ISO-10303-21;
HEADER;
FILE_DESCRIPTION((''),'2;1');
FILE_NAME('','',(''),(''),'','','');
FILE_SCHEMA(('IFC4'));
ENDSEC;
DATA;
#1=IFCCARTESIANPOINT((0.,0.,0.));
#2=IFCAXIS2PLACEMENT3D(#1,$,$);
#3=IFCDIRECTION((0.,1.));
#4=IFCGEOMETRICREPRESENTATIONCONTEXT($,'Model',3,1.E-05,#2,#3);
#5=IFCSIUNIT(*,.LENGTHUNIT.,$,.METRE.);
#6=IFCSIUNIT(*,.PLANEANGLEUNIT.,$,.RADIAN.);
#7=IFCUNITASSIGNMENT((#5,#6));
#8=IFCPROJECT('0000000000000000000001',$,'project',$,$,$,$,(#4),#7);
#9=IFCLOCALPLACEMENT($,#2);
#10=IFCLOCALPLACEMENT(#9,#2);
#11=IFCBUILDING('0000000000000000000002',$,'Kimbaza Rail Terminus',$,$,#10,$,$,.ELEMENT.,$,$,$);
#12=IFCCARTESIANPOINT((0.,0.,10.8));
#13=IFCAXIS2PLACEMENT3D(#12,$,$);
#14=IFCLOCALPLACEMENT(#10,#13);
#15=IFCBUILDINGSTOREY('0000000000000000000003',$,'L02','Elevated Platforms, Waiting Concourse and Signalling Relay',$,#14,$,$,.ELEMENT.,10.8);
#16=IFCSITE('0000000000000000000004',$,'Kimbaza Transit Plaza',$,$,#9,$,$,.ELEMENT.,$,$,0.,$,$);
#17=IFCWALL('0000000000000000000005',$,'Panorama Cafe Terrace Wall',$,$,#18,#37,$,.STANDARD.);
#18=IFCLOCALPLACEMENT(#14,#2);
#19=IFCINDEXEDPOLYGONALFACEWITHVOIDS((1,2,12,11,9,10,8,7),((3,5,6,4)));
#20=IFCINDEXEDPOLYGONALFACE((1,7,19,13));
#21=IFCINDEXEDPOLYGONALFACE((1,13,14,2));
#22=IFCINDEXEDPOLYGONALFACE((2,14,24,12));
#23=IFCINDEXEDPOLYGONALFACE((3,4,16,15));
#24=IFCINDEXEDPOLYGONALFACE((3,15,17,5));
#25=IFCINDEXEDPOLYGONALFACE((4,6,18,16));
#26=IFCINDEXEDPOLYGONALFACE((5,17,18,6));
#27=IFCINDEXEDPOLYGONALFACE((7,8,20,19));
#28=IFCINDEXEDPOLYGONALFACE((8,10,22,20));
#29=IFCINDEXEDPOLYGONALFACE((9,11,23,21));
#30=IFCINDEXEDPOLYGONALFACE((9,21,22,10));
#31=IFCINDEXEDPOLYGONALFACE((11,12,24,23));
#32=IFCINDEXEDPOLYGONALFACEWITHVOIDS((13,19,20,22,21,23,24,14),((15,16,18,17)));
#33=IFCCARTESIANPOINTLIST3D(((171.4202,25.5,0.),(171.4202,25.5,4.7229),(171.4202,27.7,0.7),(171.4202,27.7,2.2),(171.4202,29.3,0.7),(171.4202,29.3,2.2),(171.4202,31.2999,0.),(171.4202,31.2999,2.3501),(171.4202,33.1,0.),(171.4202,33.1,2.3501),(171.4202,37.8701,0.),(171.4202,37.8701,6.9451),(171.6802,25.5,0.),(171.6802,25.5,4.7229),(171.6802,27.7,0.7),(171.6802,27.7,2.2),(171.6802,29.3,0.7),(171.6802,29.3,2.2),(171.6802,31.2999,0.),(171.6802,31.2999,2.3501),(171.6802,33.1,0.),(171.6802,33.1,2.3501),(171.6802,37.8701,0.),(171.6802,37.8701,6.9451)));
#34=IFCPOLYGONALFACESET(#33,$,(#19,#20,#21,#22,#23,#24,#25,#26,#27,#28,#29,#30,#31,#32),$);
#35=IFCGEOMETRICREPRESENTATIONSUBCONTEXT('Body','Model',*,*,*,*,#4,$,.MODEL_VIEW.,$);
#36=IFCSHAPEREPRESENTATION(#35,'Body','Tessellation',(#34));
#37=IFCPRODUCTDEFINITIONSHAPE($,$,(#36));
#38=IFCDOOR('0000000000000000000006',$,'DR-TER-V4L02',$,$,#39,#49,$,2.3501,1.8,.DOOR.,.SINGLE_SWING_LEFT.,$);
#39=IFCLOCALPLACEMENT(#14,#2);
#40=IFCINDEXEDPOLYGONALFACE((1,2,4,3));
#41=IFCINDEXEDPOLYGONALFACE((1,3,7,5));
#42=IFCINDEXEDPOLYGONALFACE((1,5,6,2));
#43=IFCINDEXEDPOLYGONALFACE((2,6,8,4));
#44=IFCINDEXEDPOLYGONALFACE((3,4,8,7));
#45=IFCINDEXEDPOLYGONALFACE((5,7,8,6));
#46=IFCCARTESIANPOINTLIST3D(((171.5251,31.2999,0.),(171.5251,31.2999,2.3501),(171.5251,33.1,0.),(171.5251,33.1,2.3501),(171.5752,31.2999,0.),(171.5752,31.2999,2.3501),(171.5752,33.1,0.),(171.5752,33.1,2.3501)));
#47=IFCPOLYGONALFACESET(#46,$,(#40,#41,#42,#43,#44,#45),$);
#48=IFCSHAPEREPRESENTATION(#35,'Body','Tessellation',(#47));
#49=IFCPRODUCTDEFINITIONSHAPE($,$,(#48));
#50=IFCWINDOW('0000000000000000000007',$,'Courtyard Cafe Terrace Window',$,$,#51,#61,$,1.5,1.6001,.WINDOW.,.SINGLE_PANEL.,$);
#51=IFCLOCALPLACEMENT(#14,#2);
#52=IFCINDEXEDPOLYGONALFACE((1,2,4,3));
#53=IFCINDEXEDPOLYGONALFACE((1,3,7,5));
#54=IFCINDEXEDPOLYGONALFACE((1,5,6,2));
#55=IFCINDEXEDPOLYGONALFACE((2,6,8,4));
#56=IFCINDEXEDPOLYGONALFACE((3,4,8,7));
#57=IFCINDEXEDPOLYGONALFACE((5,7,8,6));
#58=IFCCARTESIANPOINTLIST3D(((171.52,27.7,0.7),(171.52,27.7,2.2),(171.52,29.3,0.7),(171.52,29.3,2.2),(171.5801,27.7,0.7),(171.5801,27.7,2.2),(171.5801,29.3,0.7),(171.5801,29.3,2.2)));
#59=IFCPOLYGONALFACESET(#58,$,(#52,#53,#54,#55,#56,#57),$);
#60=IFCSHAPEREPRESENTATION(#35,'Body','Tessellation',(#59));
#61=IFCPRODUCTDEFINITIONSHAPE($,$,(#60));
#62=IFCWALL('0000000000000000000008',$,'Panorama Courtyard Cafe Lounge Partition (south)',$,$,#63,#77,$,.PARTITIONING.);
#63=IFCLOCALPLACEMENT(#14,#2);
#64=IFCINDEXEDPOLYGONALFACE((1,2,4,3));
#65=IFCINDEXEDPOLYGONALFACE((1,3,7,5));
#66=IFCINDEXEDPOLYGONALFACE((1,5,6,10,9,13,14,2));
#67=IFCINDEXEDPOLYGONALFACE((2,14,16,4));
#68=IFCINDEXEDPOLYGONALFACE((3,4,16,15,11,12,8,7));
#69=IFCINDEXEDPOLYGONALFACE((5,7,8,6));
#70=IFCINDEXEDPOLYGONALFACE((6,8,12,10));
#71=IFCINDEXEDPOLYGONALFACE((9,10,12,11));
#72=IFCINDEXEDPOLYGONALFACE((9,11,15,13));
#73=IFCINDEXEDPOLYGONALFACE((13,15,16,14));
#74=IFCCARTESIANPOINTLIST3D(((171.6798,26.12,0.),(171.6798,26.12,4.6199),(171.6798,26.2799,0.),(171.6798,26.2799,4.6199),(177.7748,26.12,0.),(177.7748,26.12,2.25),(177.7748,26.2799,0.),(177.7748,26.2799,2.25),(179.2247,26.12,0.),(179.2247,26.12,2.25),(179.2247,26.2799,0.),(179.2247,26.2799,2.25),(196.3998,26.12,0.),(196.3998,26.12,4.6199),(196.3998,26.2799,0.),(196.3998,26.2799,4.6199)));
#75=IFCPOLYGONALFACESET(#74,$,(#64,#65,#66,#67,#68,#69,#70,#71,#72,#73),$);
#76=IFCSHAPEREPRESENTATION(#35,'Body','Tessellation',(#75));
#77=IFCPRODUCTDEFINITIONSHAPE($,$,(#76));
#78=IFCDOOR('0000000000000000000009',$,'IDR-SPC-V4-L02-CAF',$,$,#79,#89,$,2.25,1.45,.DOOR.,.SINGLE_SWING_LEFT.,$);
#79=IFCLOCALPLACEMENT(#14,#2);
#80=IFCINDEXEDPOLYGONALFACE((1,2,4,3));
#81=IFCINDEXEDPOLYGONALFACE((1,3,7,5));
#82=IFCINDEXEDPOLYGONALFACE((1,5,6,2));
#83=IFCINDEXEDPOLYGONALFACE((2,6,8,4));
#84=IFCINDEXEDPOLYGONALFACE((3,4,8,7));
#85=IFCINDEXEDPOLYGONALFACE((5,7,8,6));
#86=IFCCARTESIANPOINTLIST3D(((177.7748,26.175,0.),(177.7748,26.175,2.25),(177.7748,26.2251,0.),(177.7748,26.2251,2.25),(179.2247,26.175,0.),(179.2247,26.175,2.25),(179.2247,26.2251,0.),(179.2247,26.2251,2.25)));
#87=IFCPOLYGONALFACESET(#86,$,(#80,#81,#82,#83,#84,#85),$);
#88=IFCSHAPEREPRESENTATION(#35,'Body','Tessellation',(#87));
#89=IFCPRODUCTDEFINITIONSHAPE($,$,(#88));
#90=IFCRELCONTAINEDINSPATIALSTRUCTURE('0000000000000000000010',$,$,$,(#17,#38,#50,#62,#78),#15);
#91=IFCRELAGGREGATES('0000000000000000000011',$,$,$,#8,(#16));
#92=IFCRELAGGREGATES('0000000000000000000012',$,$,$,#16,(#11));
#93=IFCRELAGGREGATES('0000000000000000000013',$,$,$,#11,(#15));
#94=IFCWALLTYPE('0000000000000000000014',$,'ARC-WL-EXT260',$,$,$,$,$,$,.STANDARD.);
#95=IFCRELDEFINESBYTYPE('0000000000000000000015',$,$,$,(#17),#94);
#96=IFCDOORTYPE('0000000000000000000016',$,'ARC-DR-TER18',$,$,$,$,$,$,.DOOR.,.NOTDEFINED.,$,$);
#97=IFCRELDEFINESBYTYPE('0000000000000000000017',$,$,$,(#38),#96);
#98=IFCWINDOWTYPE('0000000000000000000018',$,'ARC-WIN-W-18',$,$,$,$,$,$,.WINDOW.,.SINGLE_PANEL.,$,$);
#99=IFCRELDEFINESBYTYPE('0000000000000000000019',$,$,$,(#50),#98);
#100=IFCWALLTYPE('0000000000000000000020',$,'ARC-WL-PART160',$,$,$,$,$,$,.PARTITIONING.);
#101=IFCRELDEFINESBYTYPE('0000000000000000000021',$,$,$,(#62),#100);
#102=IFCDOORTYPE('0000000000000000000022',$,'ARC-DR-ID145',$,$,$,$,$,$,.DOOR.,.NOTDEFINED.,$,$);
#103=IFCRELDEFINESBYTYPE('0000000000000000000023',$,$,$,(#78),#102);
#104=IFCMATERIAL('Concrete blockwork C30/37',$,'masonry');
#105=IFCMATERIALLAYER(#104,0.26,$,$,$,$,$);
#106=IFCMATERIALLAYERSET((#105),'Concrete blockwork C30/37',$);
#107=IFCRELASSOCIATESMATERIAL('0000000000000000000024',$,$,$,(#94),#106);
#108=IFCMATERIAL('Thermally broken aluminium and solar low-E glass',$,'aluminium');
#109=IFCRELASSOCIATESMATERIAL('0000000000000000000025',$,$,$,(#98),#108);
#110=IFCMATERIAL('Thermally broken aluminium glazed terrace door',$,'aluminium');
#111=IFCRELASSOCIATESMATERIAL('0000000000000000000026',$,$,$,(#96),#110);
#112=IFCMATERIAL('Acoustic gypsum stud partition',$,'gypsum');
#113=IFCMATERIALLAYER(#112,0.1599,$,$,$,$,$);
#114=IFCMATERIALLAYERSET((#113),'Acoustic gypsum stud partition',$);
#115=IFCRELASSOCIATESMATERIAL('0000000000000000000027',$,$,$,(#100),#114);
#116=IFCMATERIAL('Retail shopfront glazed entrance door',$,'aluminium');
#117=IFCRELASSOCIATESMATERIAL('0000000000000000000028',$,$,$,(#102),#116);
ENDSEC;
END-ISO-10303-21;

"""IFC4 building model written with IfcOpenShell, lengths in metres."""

from ifc_helpers import new_model, si_unit, direction, frame, frame_2d, origin, place, context, subcontext, project, spatial, polyline, rectangle, outline, extrude, material, layer, layer_set, type_object, element, fill, save


model = new_model("IFC4")

# Units and contexts
model_context = context("Model", 3, precision=1e-05, world=origin(), true_north=direction((0.0, 1.0)))
body_context = subcontext(model_context, "Body", "Model", "MODEL_VIEW")
ifc_project = project(units=[si_unit("LENGTHUNIT", "METRE"), si_unit("PLANEANGLEUNIT", "RADIAN")], contexts=[model_context])

# Site, building, storey
site_placement = place(None, origin())
site = spatial("IfcSite", under=ifc_project, at=site_placement, Name="Kimbaza Transit Plaza", CompositionType="ELEMENT", RefElevation=0.0)
building_placement = place(site_placement, origin())
building = spatial("IfcBuilding", under=site, at=building_placement, Name="Kimbaza Rail Terminus", CompositionType="ELEMENT")
storey_placement = place(building_placement, frame((0.0, 0.0, 10.8)))
storey = spatial("IfcBuildingStorey", under=building, at=storey_placement, Name="L02", Description="Elevated Platforms, Waiting Concourse and Signalling Relay", CompositionType="ELEMENT", Elevation=10.8)

# Shared definitions
ifc_material_1 = material(Name="Concrete blockwork C30/37", Category="masonry")
ifc_layer_1 = layer(ifc_material_1, 0.26)
ifc_layer_set_1 = layer_set([ifc_layer_1], Name="Concrete blockwork C30/37")
wall_type_1 = type_object("IfcWallType", Name="ARC-WL-EXT260", PredefinedType="STANDARD", material=ifc_layer_set_1)
ifc_material_2 = material(Name="Thermally broken aluminium and solar low-E glass", Category="aluminium")
window_type = type_object("IfcWindowType", Name="ARC-WIN-W-18", PartitioningType="SINGLE_PANEL", PredefinedType="WINDOW", material=ifc_material_2)

# Wall, openings, door, window
wall_1_placement = place(storey_placement, frame((171.55, 25.5, 0.0), z_axis=(0.0, 0.0, 1.0), x_axis=(0.0, 1.0, 0.0)))
wall_1 = element("IfcWall", 1, at=wall_1_placement, inside=storey, type_object=wall_type_1, Name="Panorama Cafe Terrace Wall", PredefinedType="STANDARD", context=body_context, shape_type="SweptSolid", body=[
    extrude(outline(polyline([(0.0, 0.0), (12.3701, 0.0), (12.3701, 6.9451), (0.0, 4.7229), (0.0, 0.0)])), frame((0.0, 0.1299, 0.0), z_axis=(0.0, -1.0, 0.0), x_axis=(1.0, 0.0, 0.0)), (0.0, 0.0, 1.0), 0.26),
])
opening_1_placement = place(wall_1_placement, frame((5.8, 0.0, 0.0)))
opening_1 = element("IfcOpeningElement", 2, at=opening_1_placement, cuts=wall_1, PredefinedType="OPENING", context=body_context, shape_type="SweptSolid", body=[
    extrude(rectangle(XDim=1.8, YDim=2.3501, at=frame_2d((0.8999, 1.175))), frame((0.0, 0.1399, 0.0), z_axis=(0.0, -1.0, 0.0), x_axis=(1.0, 0.0, 0.0)), (0.0, 0.0, 1.0), 0.28),
])
opening_2_placement = place(wall_1_placement, frame((2.2, 0.0, 0.7)))
opening_2 = element("IfcOpeningElement", 3, at=opening_2_placement, cuts=wall_1, PredefinedType="OPENING", context=body_context, shape_type="SweptSolid", body=[
    extrude(rectangle(XDim=1.6001, YDim=1.5, at=frame_2d((0.8, 0.75))), frame((0.0, 0.1399, 0.0), z_axis=(0.0, -1.0, 0.0), x_axis=(1.0, 0.0, 0.0)), (0.0, 0.0, 1.0), 0.28),
])
ifc_material_3 = material(Name="Thermally broken aluminium glazed terrace door", Category="aluminium")
door_type_1 = type_object("IfcDoorType", Name="ARC-DR-TER18", OperationType="NOTDEFINED", PredefinedType="DOOR", material=ifc_material_3)
door_1_placement = place(opening_1_placement, origin())
door_1 = element("IfcDoor", 4, at=door_1_placement, inside=storey, type_object=door_type_1, Name="DR-TER-V4L02", OperationType="SINGLE_SWING_LEFT", OverallHeight=2.3501, OverallWidth=1.8, PredefinedType="DOOR", context=body_context, shape_type="SweptSolid", body=[
    extrude(rectangle(XDim=1.8, YDim=2.3501, at=frame_2d((0.8999, 1.175))), frame((0.0, 0.0249, 0.0), z_axis=(0.0, -1.0, 0.0), x_axis=(1.0, 0.0, 0.0)), (0.0, 0.0, 1.0), 0.05),
])
fill(opening_1, door_1)
window_1_placement = place(opening_2_placement, origin())
window_1 = element("IfcWindow", 5, at=window_1_placement, inside=storey, type_object=window_type, Name="Courtyard Cafe Terrace Window", OverallHeight=1.5, OverallWidth=1.6001, PartitioningType="SINGLE_PANEL", PredefinedType="WINDOW", context=body_context, shape_type="SweptSolid", body=[
    extrude(rectangle(XDim=1.6001, YDim=1.5, at=frame_2d((0.8, 0.75))), frame((0.0, 0.03, 0.0), z_axis=(0.0, -1.0, 0.0), x_axis=(1.0, 0.0, 0.0)), (0.0, 0.0, 1.0), 0.0601),
])
fill(opening_2, window_1)

# Wall, opening, door
ifc_material_4 = material(Name="Acoustic gypsum stud partition", Category="gypsum")
ifc_layer_2 = layer(ifc_material_4, 0.1599)
ifc_layer_set_2 = layer_set([ifc_layer_2], Name="Acoustic gypsum stud partition")
wall_type_2 = type_object("IfcWallType", Name="ARC-WL-PART160", PredefinedType="PARTITIONING", material=ifc_layer_set_2)
wall_2_placement = place(storey_placement, frame((171.6799, 26.2, 0.0), z_axis=(0.0, 0.0, 1.0), x_axis=(1.0, 0.0, 0.0)))
wall_2 = element("IfcWall", 6, at=wall_2_placement, inside=storey, type_object=wall_type_2, Name="Panorama Courtyard Cafe Lounge Partition (south)", PredefinedType="PARTITIONING", context=body_context, shape_type="SweptSolid", body=[
    extrude(rectangle(XDim=24.72, YDim=0.1599, at=frame_2d((12.3599, 0.0))), origin(), (0.0, 0.0, 1.0), 4.6199),
])
opening_3_placement = place(wall_2_placement, frame((7.5449, 0.0, 0.0), z_axis=(0.0, 0.0, 1.0), x_axis=(-1.0, 0.0, 0.0)))
opening_3 = element("IfcOpeningElement", 7, at=opening_3_placement, cuts=wall_2, PredefinedType="OPENING", context=body_context, shape_type="SweptSolid", body=[
    extrude(rectangle(XDim=1.45, YDim=2.25, at=frame_2d((0.7251, 1.125))), frame((0.0, 0.0898, 0.0), z_axis=(0.0, -1.0, 0.0), x_axis=(1.0, 0.0, 0.0)), (0.0, 0.0, 1.0), 0.1799),
])
ifc_material_5 = material(Name="Retail shopfront glazed entrance door", Category="aluminium")
door_type_2 = type_object("IfcDoorType", Name="ARC-DR-ID145", OperationType="NOTDEFINED", PredefinedType="DOOR", material=ifc_material_5)
door_2_placement = place(opening_3_placement, origin())
door_2 = element("IfcDoor", 8, at=door_2_placement, inside=storey, type_object=door_type_2, Name="IDR-SPC-V4-L02-CAF", OperationType="SINGLE_SWING_LEFT", OverallHeight=2.25, OverallWidth=1.45, PredefinedType="DOOR", context=body_context, shape_type="SweptSolid", body=[
    extrude(rectangle(XDim=1.45, YDim=2.25, at=frame_2d((0.7251, 1.125))), frame((0.0, 0.0249, 0.0), z_axis=(0.0, -1.0, 0.0), x_axis=(1.0, 0.0, 0.0)), (0.0, 0.0, 1.0), 0.05),
])
fill(opening_3, door_2)

save(model, "model.ifc")
